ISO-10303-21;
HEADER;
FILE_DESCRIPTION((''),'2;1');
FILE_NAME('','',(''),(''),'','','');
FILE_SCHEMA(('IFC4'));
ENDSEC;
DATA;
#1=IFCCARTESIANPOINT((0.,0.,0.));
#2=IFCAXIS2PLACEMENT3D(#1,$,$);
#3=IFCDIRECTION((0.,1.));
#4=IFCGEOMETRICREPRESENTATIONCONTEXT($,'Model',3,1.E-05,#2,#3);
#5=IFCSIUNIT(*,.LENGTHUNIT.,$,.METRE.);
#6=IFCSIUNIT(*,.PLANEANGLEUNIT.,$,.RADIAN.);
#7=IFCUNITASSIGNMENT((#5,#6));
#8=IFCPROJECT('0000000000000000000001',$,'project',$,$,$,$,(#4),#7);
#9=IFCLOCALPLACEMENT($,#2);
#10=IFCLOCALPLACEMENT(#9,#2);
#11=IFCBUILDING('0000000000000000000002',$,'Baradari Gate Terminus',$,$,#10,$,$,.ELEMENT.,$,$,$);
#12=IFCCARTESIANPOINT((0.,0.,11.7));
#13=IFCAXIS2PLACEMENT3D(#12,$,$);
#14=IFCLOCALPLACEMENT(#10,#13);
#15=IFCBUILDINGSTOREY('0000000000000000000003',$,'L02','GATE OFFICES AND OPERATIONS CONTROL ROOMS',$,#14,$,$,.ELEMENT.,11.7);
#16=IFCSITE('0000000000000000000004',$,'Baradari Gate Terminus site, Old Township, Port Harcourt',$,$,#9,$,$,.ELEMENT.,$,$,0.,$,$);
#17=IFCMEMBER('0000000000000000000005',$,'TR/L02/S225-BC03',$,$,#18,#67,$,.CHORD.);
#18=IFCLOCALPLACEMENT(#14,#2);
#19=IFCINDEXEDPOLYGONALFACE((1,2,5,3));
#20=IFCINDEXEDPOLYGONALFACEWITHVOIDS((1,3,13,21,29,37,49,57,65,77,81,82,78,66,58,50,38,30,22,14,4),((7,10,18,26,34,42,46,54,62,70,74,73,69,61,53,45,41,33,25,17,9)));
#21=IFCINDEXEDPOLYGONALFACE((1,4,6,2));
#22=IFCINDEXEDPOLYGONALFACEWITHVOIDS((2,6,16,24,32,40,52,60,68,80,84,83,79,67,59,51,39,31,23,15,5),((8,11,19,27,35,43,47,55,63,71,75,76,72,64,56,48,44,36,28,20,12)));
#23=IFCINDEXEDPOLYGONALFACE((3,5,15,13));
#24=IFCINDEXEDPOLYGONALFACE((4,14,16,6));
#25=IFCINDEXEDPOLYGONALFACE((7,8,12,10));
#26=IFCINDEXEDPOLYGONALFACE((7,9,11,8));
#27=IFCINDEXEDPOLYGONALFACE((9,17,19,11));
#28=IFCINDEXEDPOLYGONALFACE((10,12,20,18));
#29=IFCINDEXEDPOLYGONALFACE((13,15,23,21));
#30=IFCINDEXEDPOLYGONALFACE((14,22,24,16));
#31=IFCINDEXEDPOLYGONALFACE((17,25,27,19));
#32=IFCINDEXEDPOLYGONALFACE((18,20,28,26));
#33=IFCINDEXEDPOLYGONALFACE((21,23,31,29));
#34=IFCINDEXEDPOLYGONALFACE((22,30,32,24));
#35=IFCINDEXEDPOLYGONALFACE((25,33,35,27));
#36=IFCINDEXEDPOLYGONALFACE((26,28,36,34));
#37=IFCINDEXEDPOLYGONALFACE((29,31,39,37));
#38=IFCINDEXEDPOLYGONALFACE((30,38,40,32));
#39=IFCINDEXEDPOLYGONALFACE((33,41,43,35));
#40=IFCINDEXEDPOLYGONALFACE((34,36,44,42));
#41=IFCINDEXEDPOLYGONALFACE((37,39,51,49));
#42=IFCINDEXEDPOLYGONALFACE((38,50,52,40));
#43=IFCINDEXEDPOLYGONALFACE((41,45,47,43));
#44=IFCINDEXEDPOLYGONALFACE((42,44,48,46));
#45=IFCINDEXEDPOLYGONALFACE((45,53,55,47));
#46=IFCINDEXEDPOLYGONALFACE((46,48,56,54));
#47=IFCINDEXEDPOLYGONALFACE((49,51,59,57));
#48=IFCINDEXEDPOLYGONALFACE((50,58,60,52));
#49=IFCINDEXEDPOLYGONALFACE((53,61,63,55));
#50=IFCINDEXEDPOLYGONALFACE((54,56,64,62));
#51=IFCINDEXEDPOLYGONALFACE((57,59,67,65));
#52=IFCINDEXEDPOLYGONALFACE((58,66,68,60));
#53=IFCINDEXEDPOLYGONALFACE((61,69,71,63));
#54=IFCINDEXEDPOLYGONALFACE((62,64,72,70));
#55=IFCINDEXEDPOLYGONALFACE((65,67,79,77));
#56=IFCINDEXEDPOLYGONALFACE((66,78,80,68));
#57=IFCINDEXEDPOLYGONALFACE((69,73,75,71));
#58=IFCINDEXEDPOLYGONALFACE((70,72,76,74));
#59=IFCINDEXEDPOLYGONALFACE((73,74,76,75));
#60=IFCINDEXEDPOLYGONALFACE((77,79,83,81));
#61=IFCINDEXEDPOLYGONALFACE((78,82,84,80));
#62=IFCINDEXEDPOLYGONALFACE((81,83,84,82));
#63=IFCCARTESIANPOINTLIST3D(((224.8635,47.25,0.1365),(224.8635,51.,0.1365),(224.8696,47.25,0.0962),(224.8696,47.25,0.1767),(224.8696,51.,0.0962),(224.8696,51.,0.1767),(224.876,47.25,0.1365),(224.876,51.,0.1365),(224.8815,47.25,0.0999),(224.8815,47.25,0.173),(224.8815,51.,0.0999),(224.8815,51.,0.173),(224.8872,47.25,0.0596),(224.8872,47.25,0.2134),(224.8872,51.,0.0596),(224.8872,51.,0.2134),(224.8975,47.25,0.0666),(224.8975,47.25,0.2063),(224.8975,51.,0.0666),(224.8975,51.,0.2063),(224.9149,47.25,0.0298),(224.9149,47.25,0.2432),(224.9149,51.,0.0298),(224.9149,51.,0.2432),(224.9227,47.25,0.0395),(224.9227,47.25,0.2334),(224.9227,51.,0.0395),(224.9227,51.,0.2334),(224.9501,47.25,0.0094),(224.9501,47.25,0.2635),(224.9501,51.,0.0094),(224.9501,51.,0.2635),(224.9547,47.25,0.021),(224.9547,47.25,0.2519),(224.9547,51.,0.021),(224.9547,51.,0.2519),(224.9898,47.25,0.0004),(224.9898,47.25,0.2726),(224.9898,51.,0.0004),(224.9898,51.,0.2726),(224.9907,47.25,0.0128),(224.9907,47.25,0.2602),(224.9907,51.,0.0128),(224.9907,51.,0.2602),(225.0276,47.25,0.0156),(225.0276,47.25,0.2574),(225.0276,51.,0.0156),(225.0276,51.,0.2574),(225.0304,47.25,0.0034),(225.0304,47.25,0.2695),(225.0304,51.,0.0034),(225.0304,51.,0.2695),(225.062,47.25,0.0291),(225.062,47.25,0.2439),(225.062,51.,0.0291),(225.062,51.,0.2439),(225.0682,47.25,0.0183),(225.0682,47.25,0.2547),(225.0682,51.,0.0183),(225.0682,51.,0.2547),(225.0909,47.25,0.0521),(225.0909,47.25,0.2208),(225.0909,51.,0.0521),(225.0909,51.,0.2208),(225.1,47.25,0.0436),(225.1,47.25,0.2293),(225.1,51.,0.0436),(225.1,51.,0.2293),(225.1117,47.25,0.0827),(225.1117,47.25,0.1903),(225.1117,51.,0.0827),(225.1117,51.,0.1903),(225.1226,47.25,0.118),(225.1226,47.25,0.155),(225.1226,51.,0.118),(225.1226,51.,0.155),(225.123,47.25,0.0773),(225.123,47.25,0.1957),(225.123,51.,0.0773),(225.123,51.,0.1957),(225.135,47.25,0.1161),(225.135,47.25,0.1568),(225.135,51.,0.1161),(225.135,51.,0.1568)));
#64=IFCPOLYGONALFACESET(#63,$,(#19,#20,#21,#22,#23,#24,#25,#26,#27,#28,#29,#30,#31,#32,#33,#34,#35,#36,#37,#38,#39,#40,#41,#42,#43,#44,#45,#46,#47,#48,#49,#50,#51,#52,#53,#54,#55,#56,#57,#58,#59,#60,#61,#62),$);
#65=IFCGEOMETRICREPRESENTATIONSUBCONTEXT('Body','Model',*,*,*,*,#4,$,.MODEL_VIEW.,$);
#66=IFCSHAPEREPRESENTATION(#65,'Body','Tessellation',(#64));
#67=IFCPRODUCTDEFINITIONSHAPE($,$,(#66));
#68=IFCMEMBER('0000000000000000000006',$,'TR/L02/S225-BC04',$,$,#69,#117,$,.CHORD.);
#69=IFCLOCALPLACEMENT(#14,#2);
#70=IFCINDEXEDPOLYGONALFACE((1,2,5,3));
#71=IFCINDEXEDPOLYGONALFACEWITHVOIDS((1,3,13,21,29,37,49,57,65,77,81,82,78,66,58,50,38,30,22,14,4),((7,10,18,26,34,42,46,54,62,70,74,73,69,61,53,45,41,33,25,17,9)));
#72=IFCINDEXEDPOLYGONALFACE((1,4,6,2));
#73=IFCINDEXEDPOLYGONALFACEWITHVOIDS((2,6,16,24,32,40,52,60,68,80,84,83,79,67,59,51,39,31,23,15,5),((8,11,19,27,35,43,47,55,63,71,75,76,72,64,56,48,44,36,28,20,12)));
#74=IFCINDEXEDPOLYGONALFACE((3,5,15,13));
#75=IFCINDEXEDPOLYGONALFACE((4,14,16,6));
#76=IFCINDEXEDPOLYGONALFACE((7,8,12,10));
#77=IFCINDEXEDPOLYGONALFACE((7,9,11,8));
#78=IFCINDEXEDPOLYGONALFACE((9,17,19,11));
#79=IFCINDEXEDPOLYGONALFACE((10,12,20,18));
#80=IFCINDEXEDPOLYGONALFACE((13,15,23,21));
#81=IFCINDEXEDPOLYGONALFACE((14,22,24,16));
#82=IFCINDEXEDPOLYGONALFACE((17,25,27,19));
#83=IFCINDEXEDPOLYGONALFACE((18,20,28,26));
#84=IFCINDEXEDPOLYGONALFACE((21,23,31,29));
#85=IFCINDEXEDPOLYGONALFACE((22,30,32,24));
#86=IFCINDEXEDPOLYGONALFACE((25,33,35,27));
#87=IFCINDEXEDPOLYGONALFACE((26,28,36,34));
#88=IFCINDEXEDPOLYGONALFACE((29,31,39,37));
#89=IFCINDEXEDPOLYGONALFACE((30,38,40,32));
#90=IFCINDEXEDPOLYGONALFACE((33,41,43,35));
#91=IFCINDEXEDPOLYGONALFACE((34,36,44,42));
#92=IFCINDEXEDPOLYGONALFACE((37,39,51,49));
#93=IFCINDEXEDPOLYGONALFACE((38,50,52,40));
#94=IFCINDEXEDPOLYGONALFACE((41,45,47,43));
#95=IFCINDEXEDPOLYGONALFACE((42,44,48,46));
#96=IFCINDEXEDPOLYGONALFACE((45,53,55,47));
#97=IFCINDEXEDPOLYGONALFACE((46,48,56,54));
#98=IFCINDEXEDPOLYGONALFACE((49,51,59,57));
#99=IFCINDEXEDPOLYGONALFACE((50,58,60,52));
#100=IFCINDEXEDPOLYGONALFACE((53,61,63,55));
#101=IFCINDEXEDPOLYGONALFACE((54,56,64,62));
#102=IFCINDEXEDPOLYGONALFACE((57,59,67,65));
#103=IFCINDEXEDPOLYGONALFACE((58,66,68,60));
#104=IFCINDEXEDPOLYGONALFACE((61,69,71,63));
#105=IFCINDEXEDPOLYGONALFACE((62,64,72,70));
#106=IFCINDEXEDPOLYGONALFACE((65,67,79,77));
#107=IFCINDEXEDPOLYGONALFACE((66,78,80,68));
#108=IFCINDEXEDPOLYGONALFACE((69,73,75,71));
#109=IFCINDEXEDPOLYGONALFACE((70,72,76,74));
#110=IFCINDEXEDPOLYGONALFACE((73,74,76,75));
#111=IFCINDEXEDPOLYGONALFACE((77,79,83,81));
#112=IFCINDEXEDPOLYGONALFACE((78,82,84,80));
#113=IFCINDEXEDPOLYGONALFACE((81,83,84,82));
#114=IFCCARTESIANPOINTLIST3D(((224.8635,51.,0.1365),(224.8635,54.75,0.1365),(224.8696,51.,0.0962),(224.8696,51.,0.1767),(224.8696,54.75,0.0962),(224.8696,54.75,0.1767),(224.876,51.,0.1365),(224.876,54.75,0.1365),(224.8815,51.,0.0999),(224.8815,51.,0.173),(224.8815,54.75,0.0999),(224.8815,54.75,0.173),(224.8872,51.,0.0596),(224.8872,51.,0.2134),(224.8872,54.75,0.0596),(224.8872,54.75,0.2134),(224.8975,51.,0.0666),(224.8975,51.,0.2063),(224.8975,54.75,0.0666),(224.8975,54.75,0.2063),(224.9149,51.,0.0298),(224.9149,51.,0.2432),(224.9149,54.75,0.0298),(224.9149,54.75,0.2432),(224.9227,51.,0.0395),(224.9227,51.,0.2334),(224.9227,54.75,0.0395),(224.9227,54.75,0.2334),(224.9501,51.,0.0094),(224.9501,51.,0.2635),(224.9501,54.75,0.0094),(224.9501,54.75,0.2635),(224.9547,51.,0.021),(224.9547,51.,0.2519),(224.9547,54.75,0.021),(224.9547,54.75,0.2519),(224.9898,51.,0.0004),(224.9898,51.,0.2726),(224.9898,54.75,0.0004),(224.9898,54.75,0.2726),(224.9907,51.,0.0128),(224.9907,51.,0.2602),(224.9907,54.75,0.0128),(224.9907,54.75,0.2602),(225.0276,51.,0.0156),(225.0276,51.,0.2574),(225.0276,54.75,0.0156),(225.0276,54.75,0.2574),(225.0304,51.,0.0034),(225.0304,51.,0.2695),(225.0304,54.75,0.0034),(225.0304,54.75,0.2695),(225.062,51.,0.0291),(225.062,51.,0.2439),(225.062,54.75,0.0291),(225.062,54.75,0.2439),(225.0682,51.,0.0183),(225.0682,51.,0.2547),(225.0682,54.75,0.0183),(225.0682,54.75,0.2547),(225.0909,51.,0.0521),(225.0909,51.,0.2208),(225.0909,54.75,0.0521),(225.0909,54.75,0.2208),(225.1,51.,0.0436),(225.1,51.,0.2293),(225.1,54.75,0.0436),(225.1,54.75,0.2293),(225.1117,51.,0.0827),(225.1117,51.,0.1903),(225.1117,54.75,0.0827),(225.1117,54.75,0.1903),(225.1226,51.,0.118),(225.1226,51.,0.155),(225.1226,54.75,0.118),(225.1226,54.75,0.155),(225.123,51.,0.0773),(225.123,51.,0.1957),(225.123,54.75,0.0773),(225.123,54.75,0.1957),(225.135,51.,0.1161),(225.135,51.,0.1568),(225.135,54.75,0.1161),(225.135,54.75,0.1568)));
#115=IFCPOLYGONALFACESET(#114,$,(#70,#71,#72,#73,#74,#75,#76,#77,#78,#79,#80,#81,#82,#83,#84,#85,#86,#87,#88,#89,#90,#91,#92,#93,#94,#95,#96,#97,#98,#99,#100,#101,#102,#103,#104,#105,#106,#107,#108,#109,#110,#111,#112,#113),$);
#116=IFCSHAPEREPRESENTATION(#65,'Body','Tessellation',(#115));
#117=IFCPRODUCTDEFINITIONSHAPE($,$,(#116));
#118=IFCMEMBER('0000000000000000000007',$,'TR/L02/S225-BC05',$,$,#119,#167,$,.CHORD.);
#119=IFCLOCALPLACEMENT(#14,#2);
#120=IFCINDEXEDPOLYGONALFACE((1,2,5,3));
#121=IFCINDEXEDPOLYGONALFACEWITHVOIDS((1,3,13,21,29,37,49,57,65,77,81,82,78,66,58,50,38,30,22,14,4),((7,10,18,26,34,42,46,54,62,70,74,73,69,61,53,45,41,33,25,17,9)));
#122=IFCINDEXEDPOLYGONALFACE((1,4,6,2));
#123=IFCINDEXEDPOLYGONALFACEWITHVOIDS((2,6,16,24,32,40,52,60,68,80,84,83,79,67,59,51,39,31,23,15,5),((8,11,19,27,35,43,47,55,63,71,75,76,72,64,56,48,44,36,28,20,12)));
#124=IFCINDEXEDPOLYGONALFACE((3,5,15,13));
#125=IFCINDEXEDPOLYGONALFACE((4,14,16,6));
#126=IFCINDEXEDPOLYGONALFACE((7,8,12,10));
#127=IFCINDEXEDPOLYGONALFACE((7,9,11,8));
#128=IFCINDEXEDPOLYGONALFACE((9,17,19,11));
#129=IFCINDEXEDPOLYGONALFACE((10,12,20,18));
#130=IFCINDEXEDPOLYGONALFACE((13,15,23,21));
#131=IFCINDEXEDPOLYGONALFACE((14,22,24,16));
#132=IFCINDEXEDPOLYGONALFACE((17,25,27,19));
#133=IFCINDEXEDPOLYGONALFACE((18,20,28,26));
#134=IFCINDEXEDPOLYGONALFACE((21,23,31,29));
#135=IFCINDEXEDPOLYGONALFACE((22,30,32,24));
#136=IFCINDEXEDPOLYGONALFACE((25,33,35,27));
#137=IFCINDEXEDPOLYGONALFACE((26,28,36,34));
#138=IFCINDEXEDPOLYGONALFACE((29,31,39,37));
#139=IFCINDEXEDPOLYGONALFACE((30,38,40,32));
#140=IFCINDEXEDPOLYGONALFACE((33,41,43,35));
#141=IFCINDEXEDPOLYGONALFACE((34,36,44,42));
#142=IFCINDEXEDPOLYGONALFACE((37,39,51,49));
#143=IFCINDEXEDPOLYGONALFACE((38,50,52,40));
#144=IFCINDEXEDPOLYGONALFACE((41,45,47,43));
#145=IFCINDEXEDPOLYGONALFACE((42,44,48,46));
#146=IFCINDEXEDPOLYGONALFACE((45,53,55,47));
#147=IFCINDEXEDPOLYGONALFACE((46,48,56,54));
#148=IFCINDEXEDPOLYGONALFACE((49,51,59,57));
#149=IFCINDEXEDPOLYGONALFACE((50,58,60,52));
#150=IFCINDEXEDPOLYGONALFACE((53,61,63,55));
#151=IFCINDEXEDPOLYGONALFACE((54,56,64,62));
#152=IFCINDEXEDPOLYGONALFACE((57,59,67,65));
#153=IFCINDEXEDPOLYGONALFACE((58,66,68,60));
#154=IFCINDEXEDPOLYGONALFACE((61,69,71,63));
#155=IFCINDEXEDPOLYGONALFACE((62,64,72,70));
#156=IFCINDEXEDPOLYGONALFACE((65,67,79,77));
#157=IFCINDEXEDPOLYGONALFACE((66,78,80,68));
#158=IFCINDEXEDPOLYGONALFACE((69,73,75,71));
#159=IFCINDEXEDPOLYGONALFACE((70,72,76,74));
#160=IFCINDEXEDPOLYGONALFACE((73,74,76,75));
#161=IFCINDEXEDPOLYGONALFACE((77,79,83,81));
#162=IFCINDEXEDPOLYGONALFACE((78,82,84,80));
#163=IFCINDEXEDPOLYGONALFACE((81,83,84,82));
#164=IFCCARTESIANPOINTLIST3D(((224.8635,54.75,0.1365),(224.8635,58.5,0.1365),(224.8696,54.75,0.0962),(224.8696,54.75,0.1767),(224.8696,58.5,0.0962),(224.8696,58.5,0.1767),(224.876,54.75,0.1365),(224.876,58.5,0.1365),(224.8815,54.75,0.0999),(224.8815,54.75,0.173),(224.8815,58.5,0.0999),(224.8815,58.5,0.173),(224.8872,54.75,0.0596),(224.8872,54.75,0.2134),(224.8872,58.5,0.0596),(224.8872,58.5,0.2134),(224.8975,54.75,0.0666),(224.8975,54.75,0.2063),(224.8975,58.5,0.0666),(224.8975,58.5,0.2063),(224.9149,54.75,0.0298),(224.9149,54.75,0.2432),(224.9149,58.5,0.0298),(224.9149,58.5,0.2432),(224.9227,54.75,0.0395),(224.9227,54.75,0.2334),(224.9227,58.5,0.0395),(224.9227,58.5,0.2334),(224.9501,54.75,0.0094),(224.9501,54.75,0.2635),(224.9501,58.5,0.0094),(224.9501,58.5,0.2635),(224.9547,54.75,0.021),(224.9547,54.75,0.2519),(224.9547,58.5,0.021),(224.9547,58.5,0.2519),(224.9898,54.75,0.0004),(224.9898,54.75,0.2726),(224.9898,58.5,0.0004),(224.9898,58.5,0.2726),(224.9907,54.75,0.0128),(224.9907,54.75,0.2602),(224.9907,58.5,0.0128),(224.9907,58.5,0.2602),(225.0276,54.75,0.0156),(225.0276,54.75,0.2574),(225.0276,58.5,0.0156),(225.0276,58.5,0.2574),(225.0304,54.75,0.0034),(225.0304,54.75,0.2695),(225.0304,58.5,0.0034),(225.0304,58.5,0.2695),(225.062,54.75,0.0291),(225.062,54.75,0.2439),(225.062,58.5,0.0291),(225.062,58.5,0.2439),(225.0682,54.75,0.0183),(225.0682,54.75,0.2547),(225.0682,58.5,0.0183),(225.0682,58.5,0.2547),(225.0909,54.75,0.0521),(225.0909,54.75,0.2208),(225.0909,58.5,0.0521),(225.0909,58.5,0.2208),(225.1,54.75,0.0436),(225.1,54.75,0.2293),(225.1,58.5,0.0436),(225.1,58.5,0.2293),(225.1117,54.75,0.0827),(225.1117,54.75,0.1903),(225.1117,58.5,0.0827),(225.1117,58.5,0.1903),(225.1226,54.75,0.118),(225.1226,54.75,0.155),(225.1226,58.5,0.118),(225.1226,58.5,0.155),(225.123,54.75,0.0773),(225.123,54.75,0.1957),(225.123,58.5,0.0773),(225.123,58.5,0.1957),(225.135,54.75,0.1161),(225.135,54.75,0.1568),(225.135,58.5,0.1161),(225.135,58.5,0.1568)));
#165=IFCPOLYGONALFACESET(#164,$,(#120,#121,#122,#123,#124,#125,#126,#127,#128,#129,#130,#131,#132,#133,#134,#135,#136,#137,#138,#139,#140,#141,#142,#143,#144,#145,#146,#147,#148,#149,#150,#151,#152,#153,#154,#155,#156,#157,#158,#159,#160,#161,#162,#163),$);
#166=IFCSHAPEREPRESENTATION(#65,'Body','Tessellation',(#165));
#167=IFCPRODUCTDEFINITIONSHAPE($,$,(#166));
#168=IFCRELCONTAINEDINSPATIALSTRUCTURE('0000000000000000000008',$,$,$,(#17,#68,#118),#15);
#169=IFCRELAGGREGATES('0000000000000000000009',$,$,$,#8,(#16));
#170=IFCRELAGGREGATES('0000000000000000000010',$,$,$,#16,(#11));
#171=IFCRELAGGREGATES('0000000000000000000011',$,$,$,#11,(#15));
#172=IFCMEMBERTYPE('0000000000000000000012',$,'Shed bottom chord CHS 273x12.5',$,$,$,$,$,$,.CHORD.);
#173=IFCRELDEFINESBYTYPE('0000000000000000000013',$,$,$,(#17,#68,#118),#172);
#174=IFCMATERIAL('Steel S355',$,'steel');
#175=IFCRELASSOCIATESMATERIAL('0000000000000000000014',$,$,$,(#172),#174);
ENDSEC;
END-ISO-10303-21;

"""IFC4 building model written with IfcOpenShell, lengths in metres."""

from ifc_helpers import new_model, si_unit, direction, frame, origin, origin_2d, place, context, subcontext, project, spatial, hollow_circle, extrude, material, material_profile, profile_set, type_object, element, save


model = new_model("IFC4")

# Units and contexts
model_context = context("Model", 3, precision=1e-05, world=origin(), true_north=direction((0.0, 1.0)))
body_context = subcontext(model_context, "Body", "Model", "MODEL_VIEW")
ifc_project = project(units=[si_unit("LENGTHUNIT", "METRE"), si_unit("PLANEANGLEUNIT", "RADIAN")], contexts=[model_context])

# Site, building, storey
site_placement = place(None, origin())
site = spatial("IfcSite", under=ifc_project, at=site_placement, Name="Baradari Gate Terminus site, Old Township, Port Harcourt", CompositionType="ELEMENT", RefElevation=0.0)
building_placement = place(site_placement, origin())
building = spatial("IfcBuilding", under=site, at=building_placement, Name="Baradari Gate Terminus", CompositionType="ELEMENT")
storey_placement = place(building_placement, frame((0.0, 0.0, 11.7)))
storey = spatial("IfcBuildingStorey", under=building, at=storey_placement, Name="L02", Description="GATE OFFICES AND OPERATIONS CONTROL ROOMS", CompositionType="ELEMENT", Elevation=11.7)

# Members
ifc_material_1 = material(Name="Steel S355", Category="steel")
ifc_material_profile_1 = material_profile(ifc_material_1, hollow_circle(Radius=0.1365, WallThickness=0.0125, at=origin_2d()), Name="CHS 273x12.5")
ifc_profile_set_1 = profile_set([ifc_material_profile_1], Name="Steel S355")
member_type_1 = type_object("IfcMemberType", Name="Shed bottom chord CHS 273x12.5", PredefinedType="CHORD", material=ifc_profile_set_1)
for number, where, z_axis, x_axis, name in (
    (1, (225.0, 47.25, 0.1365), (0.0, 1.0, 0.0), (-1.0, 0.0, 0.0), "TR/L02/S225-BC03"),
    (2, (225.0, 51.0, 0.1365), (0.0, 1.0, 0.0), (-1.0, 0.0, 0.0), "TR/L02/S225-BC04"),
    (3, (225.0, 54.75, 0.1365), (0.0, 1.0, 0.0), (-1.0, 0.0, 0.0), "TR/L02/S225-BC05"),
):
    element("IfcMember", number, at=place(storey_placement, frame(where, z_axis=z_axis, x_axis=x_axis)), inside=storey, type_object=member_type_1, Name=name, PredefinedType="CHORD", context=body_context, shape_type="SweptSolid", body=[
        extrude(hollow_circle(Radius=0.1365, WallThickness=0.0125, at=origin_2d()), origin(), (0.0, 0.0, 1.0), 3.75),
    ])

save(model, "model.ifc")
